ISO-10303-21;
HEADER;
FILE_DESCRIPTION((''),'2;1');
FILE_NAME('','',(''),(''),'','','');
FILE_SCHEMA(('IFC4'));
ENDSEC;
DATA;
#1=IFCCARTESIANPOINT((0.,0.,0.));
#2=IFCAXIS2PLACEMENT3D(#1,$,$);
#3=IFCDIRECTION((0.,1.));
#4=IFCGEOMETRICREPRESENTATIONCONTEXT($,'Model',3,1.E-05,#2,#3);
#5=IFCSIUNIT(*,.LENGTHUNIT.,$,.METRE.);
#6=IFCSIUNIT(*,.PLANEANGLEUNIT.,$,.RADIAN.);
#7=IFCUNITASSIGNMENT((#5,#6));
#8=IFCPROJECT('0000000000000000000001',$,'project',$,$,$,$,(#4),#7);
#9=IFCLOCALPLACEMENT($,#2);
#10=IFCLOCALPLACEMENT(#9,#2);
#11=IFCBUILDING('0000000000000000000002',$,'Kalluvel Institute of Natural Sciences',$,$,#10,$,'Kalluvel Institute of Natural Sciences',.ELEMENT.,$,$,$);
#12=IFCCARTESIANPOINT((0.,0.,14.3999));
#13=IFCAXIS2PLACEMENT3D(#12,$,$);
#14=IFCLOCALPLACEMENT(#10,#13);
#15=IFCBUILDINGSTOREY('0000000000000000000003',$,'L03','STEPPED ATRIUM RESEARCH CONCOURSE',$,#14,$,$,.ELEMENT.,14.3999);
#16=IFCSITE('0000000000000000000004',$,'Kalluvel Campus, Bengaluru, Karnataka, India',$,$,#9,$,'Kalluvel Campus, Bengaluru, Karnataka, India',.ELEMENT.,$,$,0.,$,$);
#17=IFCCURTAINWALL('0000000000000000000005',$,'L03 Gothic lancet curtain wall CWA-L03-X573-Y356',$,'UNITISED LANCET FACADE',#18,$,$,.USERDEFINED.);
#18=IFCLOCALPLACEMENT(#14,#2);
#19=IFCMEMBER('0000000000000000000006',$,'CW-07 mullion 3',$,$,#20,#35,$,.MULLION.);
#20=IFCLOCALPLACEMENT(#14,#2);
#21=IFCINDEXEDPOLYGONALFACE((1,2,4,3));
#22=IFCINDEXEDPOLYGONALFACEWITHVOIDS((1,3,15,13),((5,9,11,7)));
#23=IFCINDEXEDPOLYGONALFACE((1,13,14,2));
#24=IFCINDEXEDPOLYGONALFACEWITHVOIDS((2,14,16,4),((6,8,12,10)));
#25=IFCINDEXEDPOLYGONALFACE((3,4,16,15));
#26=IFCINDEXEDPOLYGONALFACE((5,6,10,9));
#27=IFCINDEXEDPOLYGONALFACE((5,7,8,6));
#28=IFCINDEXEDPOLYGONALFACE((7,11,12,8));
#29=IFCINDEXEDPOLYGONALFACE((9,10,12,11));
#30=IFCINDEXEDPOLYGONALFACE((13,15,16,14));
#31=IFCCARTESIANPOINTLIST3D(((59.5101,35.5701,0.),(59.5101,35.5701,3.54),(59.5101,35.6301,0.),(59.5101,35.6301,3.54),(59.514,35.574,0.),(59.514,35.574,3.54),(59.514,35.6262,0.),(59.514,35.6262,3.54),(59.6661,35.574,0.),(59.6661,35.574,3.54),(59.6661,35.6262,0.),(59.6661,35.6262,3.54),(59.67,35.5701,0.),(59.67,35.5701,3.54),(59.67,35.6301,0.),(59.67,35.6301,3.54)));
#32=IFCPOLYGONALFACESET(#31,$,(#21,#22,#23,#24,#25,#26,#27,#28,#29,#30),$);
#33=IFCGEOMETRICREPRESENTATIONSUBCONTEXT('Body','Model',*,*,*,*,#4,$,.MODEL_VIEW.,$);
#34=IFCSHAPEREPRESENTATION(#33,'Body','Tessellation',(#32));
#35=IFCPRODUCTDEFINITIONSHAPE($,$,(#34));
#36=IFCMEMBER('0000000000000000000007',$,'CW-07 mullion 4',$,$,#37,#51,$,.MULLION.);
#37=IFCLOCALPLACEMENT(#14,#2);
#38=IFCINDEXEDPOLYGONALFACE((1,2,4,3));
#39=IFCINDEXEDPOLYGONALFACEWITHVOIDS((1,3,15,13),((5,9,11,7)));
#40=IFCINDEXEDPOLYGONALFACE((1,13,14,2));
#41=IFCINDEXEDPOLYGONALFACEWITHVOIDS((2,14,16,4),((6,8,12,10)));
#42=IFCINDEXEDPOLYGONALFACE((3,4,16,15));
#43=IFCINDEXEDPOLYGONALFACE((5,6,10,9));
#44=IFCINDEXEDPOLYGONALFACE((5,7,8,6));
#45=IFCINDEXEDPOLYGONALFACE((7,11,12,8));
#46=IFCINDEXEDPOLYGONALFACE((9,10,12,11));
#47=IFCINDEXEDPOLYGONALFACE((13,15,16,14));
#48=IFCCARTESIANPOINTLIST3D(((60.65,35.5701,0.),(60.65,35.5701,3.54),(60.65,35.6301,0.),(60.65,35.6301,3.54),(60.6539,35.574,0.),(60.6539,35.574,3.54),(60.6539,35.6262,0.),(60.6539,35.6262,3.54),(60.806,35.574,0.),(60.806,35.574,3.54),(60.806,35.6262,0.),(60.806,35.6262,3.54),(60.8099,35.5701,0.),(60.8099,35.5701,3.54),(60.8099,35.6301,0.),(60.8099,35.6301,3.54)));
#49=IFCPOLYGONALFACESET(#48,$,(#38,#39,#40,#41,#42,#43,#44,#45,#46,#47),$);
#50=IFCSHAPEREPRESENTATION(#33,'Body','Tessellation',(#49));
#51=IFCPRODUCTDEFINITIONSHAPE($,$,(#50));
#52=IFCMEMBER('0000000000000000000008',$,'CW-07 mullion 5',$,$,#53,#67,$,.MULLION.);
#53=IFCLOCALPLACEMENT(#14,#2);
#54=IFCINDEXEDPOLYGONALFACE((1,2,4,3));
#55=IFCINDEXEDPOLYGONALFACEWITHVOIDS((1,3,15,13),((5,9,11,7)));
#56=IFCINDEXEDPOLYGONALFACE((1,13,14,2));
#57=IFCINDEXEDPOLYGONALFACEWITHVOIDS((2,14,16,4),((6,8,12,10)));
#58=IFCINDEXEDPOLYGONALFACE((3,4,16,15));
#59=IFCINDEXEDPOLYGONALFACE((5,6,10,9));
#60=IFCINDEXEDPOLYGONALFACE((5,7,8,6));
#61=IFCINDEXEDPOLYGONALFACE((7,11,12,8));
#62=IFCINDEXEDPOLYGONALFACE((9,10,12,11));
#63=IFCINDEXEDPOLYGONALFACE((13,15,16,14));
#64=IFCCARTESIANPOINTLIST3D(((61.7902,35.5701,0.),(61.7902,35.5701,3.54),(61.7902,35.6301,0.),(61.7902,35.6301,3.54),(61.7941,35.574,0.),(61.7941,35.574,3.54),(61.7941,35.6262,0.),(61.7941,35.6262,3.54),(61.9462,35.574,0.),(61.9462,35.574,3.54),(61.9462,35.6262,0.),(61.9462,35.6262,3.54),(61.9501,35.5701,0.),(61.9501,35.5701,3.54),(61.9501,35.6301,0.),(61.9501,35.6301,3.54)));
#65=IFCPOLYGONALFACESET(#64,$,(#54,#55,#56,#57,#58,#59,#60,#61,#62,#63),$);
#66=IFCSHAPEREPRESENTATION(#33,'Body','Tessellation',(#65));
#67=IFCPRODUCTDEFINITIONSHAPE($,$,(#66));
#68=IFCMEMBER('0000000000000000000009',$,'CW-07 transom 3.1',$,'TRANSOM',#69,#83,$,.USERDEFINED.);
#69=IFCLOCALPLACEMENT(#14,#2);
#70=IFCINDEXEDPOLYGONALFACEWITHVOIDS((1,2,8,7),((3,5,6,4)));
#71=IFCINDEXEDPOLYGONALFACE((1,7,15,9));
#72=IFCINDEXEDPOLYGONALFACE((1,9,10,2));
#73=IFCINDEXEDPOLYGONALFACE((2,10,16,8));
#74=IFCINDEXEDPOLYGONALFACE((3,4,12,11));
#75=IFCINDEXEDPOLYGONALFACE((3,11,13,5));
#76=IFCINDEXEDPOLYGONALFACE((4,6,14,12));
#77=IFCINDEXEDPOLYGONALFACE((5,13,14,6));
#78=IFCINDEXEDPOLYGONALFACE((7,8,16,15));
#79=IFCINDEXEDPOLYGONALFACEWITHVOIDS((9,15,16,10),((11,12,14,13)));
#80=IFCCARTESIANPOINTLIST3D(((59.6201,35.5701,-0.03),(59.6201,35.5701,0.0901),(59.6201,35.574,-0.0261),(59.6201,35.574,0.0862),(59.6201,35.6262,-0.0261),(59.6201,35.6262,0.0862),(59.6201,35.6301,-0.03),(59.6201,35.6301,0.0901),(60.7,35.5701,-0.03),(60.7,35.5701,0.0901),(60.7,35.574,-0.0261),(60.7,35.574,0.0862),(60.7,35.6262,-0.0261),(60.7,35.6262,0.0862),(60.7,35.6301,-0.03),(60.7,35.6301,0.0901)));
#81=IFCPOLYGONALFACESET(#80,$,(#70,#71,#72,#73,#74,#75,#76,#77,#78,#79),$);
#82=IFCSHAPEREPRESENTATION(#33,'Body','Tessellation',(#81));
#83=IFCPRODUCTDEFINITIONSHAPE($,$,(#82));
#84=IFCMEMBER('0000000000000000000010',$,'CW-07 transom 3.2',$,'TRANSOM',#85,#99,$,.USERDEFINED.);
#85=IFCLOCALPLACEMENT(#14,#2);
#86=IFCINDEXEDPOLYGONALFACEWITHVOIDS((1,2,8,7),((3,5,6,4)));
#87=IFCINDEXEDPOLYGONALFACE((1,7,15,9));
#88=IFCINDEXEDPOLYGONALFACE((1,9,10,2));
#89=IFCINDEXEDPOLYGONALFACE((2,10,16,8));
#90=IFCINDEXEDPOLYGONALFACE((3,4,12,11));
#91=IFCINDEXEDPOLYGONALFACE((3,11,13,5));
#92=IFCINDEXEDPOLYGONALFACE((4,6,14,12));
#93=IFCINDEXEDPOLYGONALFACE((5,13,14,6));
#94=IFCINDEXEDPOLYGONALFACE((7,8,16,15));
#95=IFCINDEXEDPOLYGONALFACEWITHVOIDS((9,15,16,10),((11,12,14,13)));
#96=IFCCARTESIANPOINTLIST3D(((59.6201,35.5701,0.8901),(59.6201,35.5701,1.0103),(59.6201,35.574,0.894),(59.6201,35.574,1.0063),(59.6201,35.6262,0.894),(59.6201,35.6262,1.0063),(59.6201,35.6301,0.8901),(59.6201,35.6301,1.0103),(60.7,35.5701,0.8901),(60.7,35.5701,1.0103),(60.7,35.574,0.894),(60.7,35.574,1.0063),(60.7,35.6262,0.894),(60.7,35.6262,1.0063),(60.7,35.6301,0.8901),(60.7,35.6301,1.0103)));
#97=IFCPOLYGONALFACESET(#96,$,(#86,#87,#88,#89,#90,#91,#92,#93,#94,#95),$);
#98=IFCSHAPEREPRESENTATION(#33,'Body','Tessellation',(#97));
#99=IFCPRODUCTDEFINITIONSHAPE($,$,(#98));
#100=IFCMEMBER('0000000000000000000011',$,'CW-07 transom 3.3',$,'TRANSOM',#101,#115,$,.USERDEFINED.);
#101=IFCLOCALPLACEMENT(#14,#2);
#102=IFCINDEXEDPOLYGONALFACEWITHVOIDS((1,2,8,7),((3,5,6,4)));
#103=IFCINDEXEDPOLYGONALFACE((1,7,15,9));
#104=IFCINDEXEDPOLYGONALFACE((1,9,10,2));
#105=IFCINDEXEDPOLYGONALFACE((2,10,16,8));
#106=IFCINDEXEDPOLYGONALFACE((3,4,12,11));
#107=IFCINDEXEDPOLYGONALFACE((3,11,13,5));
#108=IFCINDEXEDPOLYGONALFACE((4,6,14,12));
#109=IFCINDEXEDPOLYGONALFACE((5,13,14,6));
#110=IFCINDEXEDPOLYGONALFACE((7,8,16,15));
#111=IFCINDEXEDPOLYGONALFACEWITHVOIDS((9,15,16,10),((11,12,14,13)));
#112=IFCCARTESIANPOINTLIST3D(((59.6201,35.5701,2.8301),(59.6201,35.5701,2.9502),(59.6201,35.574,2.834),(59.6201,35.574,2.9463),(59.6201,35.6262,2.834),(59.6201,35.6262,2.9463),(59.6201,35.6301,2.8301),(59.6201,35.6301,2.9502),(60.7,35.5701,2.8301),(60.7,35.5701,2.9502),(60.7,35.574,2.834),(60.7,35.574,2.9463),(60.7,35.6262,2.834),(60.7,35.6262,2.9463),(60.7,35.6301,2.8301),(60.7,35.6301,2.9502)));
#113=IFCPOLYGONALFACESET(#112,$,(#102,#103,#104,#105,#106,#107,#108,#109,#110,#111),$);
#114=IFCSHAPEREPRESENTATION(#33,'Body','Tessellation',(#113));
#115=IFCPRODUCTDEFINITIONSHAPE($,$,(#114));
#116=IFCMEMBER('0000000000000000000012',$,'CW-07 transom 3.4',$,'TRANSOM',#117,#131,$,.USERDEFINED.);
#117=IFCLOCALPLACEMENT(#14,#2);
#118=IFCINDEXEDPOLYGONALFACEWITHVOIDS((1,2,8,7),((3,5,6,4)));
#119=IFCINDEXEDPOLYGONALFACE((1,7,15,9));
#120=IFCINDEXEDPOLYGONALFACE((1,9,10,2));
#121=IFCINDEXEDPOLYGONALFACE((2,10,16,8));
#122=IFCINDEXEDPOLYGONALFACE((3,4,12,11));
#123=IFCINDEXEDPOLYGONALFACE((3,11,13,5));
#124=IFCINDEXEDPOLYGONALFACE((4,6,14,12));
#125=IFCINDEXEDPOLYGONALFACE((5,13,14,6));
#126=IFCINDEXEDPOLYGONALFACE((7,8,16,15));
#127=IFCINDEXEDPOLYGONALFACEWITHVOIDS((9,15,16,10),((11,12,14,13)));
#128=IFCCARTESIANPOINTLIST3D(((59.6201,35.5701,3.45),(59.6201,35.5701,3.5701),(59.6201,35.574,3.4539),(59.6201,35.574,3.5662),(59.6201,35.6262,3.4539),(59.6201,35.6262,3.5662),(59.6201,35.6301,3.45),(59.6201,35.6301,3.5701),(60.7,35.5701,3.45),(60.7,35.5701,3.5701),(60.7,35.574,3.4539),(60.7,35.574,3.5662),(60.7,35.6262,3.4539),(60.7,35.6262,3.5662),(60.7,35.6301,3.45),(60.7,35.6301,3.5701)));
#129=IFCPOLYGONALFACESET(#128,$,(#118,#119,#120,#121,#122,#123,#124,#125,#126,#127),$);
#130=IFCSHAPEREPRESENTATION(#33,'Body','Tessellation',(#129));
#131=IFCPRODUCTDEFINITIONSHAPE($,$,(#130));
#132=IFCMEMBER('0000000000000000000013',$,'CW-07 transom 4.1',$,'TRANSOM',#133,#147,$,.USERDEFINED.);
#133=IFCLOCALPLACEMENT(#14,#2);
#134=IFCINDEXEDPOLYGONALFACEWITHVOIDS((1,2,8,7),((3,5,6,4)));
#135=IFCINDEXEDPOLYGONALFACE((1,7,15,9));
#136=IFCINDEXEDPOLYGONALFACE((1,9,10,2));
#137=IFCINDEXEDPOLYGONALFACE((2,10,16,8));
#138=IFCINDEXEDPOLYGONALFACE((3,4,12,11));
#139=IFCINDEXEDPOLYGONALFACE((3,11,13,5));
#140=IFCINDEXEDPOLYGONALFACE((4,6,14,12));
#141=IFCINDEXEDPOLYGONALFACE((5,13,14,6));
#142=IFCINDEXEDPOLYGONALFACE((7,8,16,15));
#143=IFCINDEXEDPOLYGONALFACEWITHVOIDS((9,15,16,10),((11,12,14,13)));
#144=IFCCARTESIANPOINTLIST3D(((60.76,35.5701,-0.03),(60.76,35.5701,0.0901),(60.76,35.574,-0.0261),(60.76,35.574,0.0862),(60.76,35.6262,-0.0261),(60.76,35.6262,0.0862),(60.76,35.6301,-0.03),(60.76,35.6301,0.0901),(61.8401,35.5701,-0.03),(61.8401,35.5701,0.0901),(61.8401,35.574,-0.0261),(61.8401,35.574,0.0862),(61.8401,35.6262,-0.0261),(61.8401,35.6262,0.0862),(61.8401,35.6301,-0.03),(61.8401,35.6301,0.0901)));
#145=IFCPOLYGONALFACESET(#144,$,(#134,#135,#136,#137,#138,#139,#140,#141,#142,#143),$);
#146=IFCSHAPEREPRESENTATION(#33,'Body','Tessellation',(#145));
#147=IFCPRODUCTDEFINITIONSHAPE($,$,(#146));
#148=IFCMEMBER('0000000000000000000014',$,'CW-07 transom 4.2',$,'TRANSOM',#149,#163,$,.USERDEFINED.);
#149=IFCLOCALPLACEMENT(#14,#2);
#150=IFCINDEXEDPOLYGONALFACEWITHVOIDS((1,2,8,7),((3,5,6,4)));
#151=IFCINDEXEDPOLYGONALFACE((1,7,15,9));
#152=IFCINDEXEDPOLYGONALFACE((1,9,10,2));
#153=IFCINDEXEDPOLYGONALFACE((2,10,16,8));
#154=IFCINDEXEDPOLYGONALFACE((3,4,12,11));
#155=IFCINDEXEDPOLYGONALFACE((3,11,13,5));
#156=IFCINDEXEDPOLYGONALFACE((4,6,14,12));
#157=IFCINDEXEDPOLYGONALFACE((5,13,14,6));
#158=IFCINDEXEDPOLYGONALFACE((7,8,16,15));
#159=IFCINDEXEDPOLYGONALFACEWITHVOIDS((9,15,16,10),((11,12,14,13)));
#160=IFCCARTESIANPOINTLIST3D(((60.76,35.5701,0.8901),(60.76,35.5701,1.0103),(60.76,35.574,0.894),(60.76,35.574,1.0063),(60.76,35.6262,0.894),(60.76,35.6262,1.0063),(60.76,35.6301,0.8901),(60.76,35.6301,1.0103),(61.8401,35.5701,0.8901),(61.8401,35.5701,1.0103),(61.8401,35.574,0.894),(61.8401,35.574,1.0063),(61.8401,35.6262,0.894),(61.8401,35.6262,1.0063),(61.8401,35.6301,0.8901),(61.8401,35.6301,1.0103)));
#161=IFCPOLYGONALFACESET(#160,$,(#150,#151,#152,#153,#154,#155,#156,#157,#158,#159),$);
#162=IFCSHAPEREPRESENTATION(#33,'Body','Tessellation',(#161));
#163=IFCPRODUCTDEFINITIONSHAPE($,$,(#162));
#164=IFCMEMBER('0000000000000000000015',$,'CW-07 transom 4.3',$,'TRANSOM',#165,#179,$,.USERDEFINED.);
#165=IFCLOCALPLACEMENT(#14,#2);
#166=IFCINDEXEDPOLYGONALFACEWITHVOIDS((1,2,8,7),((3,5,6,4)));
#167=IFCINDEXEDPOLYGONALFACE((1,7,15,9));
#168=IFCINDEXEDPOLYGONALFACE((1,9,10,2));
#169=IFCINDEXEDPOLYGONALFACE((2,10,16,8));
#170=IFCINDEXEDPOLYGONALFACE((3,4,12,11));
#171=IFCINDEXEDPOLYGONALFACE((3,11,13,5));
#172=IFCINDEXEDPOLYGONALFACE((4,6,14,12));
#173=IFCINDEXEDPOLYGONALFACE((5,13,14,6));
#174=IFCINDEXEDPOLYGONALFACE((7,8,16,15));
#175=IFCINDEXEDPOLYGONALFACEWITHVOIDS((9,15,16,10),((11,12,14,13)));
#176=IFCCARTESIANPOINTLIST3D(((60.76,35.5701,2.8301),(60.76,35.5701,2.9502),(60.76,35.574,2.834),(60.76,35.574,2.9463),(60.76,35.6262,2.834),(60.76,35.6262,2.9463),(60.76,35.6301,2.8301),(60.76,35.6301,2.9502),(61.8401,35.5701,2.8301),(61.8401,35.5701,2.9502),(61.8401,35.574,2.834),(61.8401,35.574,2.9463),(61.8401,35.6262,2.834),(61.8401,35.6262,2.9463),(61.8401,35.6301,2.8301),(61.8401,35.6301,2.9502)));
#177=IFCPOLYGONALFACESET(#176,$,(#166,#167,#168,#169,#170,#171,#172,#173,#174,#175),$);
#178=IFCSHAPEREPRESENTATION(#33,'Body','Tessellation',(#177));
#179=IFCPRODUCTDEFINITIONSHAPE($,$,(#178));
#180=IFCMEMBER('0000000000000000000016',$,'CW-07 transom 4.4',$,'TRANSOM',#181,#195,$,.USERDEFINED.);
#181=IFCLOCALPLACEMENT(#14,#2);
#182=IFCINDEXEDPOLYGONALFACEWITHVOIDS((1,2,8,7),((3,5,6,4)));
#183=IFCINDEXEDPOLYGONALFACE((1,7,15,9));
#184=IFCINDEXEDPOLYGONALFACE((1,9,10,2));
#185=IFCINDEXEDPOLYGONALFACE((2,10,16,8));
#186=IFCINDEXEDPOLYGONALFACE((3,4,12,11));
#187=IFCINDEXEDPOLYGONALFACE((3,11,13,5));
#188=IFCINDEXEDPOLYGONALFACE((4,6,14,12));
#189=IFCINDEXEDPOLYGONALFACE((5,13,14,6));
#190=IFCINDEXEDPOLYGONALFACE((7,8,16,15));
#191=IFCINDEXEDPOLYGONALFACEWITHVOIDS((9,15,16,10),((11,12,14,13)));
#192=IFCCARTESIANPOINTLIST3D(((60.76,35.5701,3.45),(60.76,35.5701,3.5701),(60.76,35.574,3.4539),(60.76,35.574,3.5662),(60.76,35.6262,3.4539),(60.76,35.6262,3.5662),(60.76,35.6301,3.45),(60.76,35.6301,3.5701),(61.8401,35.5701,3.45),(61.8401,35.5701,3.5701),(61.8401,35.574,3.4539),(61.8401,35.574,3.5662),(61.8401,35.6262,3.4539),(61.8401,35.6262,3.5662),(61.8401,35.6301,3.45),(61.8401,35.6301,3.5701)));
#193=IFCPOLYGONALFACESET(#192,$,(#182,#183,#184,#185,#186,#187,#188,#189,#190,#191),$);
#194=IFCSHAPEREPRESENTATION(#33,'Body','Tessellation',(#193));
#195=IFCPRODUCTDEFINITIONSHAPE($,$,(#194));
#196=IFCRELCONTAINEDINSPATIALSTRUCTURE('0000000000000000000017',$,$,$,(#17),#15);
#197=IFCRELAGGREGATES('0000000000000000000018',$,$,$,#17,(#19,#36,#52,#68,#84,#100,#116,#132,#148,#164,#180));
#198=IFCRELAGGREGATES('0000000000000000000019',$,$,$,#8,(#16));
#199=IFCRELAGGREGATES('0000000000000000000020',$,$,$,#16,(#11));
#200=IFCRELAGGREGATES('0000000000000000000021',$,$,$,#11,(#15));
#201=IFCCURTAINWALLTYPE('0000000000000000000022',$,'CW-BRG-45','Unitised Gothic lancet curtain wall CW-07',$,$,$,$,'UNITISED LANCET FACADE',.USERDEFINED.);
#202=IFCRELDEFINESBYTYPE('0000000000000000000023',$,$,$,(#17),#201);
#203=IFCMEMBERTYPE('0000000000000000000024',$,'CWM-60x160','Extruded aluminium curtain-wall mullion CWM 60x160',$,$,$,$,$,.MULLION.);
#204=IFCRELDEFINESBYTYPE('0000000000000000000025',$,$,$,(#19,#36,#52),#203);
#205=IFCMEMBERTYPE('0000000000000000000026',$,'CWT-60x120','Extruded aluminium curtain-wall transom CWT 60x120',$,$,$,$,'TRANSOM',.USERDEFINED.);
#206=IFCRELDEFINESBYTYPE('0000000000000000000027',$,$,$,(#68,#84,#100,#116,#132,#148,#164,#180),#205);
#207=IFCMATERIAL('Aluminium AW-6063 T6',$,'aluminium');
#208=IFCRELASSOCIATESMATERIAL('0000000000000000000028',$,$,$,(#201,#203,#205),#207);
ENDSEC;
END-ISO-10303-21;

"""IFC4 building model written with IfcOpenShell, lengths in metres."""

from ifc_helpers import new_model, si_unit, direction, frame, origin, origin_2d, place, context, subcontext, project, spatial, hollow_rectangle, extrude, material, material_profile, profile_set, type_object, element, aggregate, save


model = new_model("IFC4")

# Units and contexts
model_context = context("Model", 3, precision=1e-05, world=origin(), true_north=direction((0.0, 1.0)))
body_context = subcontext(model_context, "Body", "Model", "MODEL_VIEW")
ifc_project = project(units=[si_unit("LENGTHUNIT", "METRE"), si_unit("PLANEANGLEUNIT", "RADIAN")], contexts=[model_context])

# Site, building, storey
site_placement = place(None, origin())
site = spatial("IfcSite", under=ifc_project, at=site_placement, Name="Kalluvel Campus, Bengaluru, Karnataka, India", LongName="Kalluvel Campus, Bengaluru, Karnataka, India", CompositionType="ELEMENT", RefElevation=0.0)
building_placement = place(site_placement, origin())
building = spatial("IfcBuilding", under=site, at=building_placement, Name="Kalluvel Institute of Natural Sciences", LongName="Kalluvel Institute of Natural Sciences", CompositionType="ELEMENT")
storey_placement = place(building_placement, frame((0.0, 0.0, 14.3999)))
storey = spatial("IfcBuildingStorey", under=building, at=storey_placement, Name="L03", Description="STEPPED ATRIUM RESEARCH CONCOURSE", CompositionType="ELEMENT", Elevation=14.3999)

# Curtain wall, members
ifc_material_1 = material(Name="Aluminium AW-6063 T6", Category="aluminium")
curtain_wall_type = type_object("IfcCurtainWallType", Name="CW-BRG-45", Description="Unitised Gothic lancet curtain wall CW-07", ElementType="UNITISED LANCET FACADE", PredefinedType="USERDEFINED", material=ifc_material_1)
curtain_wall_1_placement = place(storey_placement, origin())
curtain_wall_1 = element("IfcCurtainWall", 1, at=curtain_wall_1_placement, inside=storey, type_object=curtain_wall_type, Name="L03 Gothic lancet curtain wall CWA-L03-X573-Y356", ObjectType="UNITISED LANCET FACADE", PredefinedType="USERDEFINED")
ifc_material_profile_1 = material_profile(ifc_material_1, hollow_rectangle(XDim=0.0601, YDim=0.1599, WallThickness=0.0039, at=origin_2d()), Name="CWM 60x160")
ifc_profile_set_1 = profile_set([ifc_material_profile_1], Name="Aluminium AW-6063 T6")
member_type_1 = type_object("IfcMemberType", Name="CWM-60x160", Description="Extruded aluminium curtain-wall mullion CWM 60x160", PredefinedType="MULLION", material=ifc_profile_set_1)
member_1_placement = place(storey_placement, frame((59.5901, 35.6001, 0.0), z_axis=(0.0, 0.0, 1.0), x_axis=(0.0, 1.0, 0.0)))
member_1 = element("IfcMember", 2, at=member_1_placement, type_object=member_type_1, Name="CW-07 mullion 3", PredefinedType="MULLION", context=body_context, shape_type="SweptSolid", body=[
    extrude(hollow_rectangle(XDim=0.0601, YDim=0.1599, WallThickness=0.0039, at=origin_2d()), origin(), (0.0, 0.0, 1.0), 3.54),
])
member_2_placement = place(storey_placement, frame((60.73, 35.6001, 0.0), z_axis=(0.0, 0.0, 1.0), x_axis=(0.0, 1.0, 0.0)))
member_2 = element("IfcMember", 3, at=member_2_placement, type_object=member_type_1, Name="CW-07 mullion 4", PredefinedType="MULLION", context=body_context, shape_type="SweptSolid", body=[
    extrude(hollow_rectangle(XDim=0.0601, YDim=0.1599, WallThickness=0.0039, at=origin_2d()), origin(), (0.0, 0.0, 1.0), 3.54),
])
member_3_placement = place(storey_placement, frame((61.8701, 35.6001, 0.0), z_axis=(0.0, 0.0, 1.0), x_axis=(0.0, 1.0, 0.0)))
member_3 = element("IfcMember", 4, at=member_3_placement, type_object=member_type_1, Name="CW-07 mullion 5", PredefinedType="MULLION", context=body_context, shape_type="SweptSolid", body=[
    extrude(hollow_rectangle(XDim=0.0601, YDim=0.1599, WallThickness=0.0039, at=origin_2d()), origin(), (0.0, 0.0, 1.0), 3.54),
])
ifc_material_profile_2 = material_profile(ifc_material_1, hollow_rectangle(XDim=0.0601, YDim=0.1201, WallThickness=0.0039, at=origin_2d()), Name="CWT 60x120")
ifc_profile_set_2 = profile_set([ifc_material_profile_2], Name="Aluminium AW-6063 T6")
member_type_2 = type_object("IfcMemberType", Name="CWT-60x120", Description="Extruded aluminium curtain-wall transom CWT 60x120", ElementType="TRANSOM", PredefinedType="USERDEFINED", material=ifc_profile_set_2)
member_4_placement = place(storey_placement, frame((59.6201, 35.6001, 0.03), z_axis=(1.0, 0.0, 0.0), x_axis=(0.0, 1.0, 0.0)))
member_4 = element("IfcMember", 5, at=member_4_placement, type_object=member_type_2, Name="CW-07 transom 3.1", ObjectType="TRANSOM", PredefinedType="USERDEFINED", context=body_context, shape_type="SweptSolid", body=[
    extrude(hollow_rectangle(XDim=0.0601, YDim=0.1201, WallThickness=0.0039, at=origin_2d()), origin(), (0.0, 0.0, 1.0), 1.0798),
])
member_5_placement = place(storey_placement, frame((59.6201, 35.6001, 0.9502), z_axis=(1.0, 0.0, 0.0), x_axis=(0.0, 1.0, 0.0)))
member_5 = element("IfcMember", 6, at=member_5_placement, type_object=member_type_2, Name="CW-07 transom 3.2", ObjectType="TRANSOM", PredefinedType="USERDEFINED", context=body_context, shape_type="SweptSolid", body=[
    extrude(hollow_rectangle(XDim=0.0601, YDim=0.1201, WallThickness=0.0039, at=origin_2d()), origin(), (0.0, 0.0, 1.0), 1.0798),
])
member_6_placement = place(storey_placement, frame((59.6201, 35.6001, 2.8901), z_axis=(1.0, 0.0, 0.0), x_axis=(0.0, 1.0, 0.0)))
member_6 = element("IfcMember", 7, at=member_6_placement, type_object=member_type_2, Name="CW-07 transom 3.3", ObjectType="TRANSOM", PredefinedType="USERDEFINED", context=body_context, shape_type="SweptSolid", body=[
    extrude(hollow_rectangle(XDim=0.0601, YDim=0.1201, WallThickness=0.0039, at=origin_2d()), origin(), (0.0, 0.0, 1.0), 1.0798),
])
member_7_placement = place(storey_placement, frame((59.6201, 35.6001, 3.51), z_axis=(1.0, 0.0, 0.0), x_axis=(0.0, 1.0, 0.0)))
member_7 = element("IfcMember", 8, at=member_7_placement, type_object=member_type_2, Name="CW-07 transom 3.4", ObjectType="TRANSOM", PredefinedType="USERDEFINED", context=body_context, shape_type="SweptSolid", body=[
    extrude(hollow_rectangle(XDim=0.0601, YDim=0.1201, WallThickness=0.0039, at=origin_2d()), origin(), (0.0, 0.0, 1.0), 1.0798),
])
member_8_placement = place(storey_placement, frame((60.76, 35.6001, 0.03), z_axis=(1.0, 0.0, 0.0), x_axis=(0.0, 1.0, 0.0)))
member_8 = element("IfcMember", 9, at=member_8_placement, type_object=member_type_2, Name="CW-07 transom 4.1", ObjectType="TRANSOM", PredefinedType="USERDEFINED", context=body_context, shape_type="SweptSolid", body=[
    extrude(hollow_rectangle(XDim=0.0601, YDim=0.1201, WallThickness=0.0039, at=origin_2d()), origin(), (0.0, 0.0, 1.0), 1.0801),
])
member_9_placement = place(storey_placement, frame((60.76, 35.6001, 0.9502), z_axis=(1.0, 0.0, 0.0), x_axis=(0.0, 1.0, 0.0)))
member_9 = element("IfcMember", 10, at=member_9_placement, type_object=member_type_2, Name="CW-07 transom 4.2", ObjectType="TRANSOM", PredefinedType="USERDEFINED", context=body_context, shape_type="SweptSolid", body=[
    extrude(hollow_rectangle(XDim=0.0601, YDim=0.1201, WallThickness=0.0039, at=origin_2d()), origin(), (0.0, 0.0, 1.0), 1.0801),
])
member_10_placement = place(storey_placement, frame((60.76, 35.6001, 2.8901), z_axis=(1.0, 0.0, 0.0), x_axis=(0.0, 1.0, 0.0)))
member_10 = element("IfcMember", 11, at=member_10_placement, type_object=member_type_2, Name="CW-07 transom 4.3", ObjectType="TRANSOM", PredefinedType="USERDEFINED", context=body_context, shape_type="SweptSolid", body=[
    extrude(hollow_rectangle(XDim=0.0601, YDim=0.1201, WallThickness=0.0039, at=origin_2d()), origin(), (0.0, 0.0, 1.0), 1.0801),
])
member_11_placement = place(storey_placement, frame((60.76, 35.6001, 3.51), z_axis=(1.0, 0.0, 0.0), x_axis=(0.0, 1.0, 0.0)))
member_11 = element("IfcMember", 12, at=member_11_placement, type_object=member_type_2, Name="CW-07 transom 4.4", ObjectType="TRANSOM", PredefinedType="USERDEFINED", context=body_context, shape_type="SweptSolid", body=[
    extrude(hollow_rectangle(XDim=0.0601, YDim=0.1201, WallThickness=0.0039, at=origin_2d()), origin(), (0.0, 0.0, 1.0), 1.0801),
])

aggregate(curtain_wall_1, [member_1, member_2, member_3, member_4, member_5, member_6, member_7, member_8, member_9, member_10, member_11])

save(model, "model.ifc")
